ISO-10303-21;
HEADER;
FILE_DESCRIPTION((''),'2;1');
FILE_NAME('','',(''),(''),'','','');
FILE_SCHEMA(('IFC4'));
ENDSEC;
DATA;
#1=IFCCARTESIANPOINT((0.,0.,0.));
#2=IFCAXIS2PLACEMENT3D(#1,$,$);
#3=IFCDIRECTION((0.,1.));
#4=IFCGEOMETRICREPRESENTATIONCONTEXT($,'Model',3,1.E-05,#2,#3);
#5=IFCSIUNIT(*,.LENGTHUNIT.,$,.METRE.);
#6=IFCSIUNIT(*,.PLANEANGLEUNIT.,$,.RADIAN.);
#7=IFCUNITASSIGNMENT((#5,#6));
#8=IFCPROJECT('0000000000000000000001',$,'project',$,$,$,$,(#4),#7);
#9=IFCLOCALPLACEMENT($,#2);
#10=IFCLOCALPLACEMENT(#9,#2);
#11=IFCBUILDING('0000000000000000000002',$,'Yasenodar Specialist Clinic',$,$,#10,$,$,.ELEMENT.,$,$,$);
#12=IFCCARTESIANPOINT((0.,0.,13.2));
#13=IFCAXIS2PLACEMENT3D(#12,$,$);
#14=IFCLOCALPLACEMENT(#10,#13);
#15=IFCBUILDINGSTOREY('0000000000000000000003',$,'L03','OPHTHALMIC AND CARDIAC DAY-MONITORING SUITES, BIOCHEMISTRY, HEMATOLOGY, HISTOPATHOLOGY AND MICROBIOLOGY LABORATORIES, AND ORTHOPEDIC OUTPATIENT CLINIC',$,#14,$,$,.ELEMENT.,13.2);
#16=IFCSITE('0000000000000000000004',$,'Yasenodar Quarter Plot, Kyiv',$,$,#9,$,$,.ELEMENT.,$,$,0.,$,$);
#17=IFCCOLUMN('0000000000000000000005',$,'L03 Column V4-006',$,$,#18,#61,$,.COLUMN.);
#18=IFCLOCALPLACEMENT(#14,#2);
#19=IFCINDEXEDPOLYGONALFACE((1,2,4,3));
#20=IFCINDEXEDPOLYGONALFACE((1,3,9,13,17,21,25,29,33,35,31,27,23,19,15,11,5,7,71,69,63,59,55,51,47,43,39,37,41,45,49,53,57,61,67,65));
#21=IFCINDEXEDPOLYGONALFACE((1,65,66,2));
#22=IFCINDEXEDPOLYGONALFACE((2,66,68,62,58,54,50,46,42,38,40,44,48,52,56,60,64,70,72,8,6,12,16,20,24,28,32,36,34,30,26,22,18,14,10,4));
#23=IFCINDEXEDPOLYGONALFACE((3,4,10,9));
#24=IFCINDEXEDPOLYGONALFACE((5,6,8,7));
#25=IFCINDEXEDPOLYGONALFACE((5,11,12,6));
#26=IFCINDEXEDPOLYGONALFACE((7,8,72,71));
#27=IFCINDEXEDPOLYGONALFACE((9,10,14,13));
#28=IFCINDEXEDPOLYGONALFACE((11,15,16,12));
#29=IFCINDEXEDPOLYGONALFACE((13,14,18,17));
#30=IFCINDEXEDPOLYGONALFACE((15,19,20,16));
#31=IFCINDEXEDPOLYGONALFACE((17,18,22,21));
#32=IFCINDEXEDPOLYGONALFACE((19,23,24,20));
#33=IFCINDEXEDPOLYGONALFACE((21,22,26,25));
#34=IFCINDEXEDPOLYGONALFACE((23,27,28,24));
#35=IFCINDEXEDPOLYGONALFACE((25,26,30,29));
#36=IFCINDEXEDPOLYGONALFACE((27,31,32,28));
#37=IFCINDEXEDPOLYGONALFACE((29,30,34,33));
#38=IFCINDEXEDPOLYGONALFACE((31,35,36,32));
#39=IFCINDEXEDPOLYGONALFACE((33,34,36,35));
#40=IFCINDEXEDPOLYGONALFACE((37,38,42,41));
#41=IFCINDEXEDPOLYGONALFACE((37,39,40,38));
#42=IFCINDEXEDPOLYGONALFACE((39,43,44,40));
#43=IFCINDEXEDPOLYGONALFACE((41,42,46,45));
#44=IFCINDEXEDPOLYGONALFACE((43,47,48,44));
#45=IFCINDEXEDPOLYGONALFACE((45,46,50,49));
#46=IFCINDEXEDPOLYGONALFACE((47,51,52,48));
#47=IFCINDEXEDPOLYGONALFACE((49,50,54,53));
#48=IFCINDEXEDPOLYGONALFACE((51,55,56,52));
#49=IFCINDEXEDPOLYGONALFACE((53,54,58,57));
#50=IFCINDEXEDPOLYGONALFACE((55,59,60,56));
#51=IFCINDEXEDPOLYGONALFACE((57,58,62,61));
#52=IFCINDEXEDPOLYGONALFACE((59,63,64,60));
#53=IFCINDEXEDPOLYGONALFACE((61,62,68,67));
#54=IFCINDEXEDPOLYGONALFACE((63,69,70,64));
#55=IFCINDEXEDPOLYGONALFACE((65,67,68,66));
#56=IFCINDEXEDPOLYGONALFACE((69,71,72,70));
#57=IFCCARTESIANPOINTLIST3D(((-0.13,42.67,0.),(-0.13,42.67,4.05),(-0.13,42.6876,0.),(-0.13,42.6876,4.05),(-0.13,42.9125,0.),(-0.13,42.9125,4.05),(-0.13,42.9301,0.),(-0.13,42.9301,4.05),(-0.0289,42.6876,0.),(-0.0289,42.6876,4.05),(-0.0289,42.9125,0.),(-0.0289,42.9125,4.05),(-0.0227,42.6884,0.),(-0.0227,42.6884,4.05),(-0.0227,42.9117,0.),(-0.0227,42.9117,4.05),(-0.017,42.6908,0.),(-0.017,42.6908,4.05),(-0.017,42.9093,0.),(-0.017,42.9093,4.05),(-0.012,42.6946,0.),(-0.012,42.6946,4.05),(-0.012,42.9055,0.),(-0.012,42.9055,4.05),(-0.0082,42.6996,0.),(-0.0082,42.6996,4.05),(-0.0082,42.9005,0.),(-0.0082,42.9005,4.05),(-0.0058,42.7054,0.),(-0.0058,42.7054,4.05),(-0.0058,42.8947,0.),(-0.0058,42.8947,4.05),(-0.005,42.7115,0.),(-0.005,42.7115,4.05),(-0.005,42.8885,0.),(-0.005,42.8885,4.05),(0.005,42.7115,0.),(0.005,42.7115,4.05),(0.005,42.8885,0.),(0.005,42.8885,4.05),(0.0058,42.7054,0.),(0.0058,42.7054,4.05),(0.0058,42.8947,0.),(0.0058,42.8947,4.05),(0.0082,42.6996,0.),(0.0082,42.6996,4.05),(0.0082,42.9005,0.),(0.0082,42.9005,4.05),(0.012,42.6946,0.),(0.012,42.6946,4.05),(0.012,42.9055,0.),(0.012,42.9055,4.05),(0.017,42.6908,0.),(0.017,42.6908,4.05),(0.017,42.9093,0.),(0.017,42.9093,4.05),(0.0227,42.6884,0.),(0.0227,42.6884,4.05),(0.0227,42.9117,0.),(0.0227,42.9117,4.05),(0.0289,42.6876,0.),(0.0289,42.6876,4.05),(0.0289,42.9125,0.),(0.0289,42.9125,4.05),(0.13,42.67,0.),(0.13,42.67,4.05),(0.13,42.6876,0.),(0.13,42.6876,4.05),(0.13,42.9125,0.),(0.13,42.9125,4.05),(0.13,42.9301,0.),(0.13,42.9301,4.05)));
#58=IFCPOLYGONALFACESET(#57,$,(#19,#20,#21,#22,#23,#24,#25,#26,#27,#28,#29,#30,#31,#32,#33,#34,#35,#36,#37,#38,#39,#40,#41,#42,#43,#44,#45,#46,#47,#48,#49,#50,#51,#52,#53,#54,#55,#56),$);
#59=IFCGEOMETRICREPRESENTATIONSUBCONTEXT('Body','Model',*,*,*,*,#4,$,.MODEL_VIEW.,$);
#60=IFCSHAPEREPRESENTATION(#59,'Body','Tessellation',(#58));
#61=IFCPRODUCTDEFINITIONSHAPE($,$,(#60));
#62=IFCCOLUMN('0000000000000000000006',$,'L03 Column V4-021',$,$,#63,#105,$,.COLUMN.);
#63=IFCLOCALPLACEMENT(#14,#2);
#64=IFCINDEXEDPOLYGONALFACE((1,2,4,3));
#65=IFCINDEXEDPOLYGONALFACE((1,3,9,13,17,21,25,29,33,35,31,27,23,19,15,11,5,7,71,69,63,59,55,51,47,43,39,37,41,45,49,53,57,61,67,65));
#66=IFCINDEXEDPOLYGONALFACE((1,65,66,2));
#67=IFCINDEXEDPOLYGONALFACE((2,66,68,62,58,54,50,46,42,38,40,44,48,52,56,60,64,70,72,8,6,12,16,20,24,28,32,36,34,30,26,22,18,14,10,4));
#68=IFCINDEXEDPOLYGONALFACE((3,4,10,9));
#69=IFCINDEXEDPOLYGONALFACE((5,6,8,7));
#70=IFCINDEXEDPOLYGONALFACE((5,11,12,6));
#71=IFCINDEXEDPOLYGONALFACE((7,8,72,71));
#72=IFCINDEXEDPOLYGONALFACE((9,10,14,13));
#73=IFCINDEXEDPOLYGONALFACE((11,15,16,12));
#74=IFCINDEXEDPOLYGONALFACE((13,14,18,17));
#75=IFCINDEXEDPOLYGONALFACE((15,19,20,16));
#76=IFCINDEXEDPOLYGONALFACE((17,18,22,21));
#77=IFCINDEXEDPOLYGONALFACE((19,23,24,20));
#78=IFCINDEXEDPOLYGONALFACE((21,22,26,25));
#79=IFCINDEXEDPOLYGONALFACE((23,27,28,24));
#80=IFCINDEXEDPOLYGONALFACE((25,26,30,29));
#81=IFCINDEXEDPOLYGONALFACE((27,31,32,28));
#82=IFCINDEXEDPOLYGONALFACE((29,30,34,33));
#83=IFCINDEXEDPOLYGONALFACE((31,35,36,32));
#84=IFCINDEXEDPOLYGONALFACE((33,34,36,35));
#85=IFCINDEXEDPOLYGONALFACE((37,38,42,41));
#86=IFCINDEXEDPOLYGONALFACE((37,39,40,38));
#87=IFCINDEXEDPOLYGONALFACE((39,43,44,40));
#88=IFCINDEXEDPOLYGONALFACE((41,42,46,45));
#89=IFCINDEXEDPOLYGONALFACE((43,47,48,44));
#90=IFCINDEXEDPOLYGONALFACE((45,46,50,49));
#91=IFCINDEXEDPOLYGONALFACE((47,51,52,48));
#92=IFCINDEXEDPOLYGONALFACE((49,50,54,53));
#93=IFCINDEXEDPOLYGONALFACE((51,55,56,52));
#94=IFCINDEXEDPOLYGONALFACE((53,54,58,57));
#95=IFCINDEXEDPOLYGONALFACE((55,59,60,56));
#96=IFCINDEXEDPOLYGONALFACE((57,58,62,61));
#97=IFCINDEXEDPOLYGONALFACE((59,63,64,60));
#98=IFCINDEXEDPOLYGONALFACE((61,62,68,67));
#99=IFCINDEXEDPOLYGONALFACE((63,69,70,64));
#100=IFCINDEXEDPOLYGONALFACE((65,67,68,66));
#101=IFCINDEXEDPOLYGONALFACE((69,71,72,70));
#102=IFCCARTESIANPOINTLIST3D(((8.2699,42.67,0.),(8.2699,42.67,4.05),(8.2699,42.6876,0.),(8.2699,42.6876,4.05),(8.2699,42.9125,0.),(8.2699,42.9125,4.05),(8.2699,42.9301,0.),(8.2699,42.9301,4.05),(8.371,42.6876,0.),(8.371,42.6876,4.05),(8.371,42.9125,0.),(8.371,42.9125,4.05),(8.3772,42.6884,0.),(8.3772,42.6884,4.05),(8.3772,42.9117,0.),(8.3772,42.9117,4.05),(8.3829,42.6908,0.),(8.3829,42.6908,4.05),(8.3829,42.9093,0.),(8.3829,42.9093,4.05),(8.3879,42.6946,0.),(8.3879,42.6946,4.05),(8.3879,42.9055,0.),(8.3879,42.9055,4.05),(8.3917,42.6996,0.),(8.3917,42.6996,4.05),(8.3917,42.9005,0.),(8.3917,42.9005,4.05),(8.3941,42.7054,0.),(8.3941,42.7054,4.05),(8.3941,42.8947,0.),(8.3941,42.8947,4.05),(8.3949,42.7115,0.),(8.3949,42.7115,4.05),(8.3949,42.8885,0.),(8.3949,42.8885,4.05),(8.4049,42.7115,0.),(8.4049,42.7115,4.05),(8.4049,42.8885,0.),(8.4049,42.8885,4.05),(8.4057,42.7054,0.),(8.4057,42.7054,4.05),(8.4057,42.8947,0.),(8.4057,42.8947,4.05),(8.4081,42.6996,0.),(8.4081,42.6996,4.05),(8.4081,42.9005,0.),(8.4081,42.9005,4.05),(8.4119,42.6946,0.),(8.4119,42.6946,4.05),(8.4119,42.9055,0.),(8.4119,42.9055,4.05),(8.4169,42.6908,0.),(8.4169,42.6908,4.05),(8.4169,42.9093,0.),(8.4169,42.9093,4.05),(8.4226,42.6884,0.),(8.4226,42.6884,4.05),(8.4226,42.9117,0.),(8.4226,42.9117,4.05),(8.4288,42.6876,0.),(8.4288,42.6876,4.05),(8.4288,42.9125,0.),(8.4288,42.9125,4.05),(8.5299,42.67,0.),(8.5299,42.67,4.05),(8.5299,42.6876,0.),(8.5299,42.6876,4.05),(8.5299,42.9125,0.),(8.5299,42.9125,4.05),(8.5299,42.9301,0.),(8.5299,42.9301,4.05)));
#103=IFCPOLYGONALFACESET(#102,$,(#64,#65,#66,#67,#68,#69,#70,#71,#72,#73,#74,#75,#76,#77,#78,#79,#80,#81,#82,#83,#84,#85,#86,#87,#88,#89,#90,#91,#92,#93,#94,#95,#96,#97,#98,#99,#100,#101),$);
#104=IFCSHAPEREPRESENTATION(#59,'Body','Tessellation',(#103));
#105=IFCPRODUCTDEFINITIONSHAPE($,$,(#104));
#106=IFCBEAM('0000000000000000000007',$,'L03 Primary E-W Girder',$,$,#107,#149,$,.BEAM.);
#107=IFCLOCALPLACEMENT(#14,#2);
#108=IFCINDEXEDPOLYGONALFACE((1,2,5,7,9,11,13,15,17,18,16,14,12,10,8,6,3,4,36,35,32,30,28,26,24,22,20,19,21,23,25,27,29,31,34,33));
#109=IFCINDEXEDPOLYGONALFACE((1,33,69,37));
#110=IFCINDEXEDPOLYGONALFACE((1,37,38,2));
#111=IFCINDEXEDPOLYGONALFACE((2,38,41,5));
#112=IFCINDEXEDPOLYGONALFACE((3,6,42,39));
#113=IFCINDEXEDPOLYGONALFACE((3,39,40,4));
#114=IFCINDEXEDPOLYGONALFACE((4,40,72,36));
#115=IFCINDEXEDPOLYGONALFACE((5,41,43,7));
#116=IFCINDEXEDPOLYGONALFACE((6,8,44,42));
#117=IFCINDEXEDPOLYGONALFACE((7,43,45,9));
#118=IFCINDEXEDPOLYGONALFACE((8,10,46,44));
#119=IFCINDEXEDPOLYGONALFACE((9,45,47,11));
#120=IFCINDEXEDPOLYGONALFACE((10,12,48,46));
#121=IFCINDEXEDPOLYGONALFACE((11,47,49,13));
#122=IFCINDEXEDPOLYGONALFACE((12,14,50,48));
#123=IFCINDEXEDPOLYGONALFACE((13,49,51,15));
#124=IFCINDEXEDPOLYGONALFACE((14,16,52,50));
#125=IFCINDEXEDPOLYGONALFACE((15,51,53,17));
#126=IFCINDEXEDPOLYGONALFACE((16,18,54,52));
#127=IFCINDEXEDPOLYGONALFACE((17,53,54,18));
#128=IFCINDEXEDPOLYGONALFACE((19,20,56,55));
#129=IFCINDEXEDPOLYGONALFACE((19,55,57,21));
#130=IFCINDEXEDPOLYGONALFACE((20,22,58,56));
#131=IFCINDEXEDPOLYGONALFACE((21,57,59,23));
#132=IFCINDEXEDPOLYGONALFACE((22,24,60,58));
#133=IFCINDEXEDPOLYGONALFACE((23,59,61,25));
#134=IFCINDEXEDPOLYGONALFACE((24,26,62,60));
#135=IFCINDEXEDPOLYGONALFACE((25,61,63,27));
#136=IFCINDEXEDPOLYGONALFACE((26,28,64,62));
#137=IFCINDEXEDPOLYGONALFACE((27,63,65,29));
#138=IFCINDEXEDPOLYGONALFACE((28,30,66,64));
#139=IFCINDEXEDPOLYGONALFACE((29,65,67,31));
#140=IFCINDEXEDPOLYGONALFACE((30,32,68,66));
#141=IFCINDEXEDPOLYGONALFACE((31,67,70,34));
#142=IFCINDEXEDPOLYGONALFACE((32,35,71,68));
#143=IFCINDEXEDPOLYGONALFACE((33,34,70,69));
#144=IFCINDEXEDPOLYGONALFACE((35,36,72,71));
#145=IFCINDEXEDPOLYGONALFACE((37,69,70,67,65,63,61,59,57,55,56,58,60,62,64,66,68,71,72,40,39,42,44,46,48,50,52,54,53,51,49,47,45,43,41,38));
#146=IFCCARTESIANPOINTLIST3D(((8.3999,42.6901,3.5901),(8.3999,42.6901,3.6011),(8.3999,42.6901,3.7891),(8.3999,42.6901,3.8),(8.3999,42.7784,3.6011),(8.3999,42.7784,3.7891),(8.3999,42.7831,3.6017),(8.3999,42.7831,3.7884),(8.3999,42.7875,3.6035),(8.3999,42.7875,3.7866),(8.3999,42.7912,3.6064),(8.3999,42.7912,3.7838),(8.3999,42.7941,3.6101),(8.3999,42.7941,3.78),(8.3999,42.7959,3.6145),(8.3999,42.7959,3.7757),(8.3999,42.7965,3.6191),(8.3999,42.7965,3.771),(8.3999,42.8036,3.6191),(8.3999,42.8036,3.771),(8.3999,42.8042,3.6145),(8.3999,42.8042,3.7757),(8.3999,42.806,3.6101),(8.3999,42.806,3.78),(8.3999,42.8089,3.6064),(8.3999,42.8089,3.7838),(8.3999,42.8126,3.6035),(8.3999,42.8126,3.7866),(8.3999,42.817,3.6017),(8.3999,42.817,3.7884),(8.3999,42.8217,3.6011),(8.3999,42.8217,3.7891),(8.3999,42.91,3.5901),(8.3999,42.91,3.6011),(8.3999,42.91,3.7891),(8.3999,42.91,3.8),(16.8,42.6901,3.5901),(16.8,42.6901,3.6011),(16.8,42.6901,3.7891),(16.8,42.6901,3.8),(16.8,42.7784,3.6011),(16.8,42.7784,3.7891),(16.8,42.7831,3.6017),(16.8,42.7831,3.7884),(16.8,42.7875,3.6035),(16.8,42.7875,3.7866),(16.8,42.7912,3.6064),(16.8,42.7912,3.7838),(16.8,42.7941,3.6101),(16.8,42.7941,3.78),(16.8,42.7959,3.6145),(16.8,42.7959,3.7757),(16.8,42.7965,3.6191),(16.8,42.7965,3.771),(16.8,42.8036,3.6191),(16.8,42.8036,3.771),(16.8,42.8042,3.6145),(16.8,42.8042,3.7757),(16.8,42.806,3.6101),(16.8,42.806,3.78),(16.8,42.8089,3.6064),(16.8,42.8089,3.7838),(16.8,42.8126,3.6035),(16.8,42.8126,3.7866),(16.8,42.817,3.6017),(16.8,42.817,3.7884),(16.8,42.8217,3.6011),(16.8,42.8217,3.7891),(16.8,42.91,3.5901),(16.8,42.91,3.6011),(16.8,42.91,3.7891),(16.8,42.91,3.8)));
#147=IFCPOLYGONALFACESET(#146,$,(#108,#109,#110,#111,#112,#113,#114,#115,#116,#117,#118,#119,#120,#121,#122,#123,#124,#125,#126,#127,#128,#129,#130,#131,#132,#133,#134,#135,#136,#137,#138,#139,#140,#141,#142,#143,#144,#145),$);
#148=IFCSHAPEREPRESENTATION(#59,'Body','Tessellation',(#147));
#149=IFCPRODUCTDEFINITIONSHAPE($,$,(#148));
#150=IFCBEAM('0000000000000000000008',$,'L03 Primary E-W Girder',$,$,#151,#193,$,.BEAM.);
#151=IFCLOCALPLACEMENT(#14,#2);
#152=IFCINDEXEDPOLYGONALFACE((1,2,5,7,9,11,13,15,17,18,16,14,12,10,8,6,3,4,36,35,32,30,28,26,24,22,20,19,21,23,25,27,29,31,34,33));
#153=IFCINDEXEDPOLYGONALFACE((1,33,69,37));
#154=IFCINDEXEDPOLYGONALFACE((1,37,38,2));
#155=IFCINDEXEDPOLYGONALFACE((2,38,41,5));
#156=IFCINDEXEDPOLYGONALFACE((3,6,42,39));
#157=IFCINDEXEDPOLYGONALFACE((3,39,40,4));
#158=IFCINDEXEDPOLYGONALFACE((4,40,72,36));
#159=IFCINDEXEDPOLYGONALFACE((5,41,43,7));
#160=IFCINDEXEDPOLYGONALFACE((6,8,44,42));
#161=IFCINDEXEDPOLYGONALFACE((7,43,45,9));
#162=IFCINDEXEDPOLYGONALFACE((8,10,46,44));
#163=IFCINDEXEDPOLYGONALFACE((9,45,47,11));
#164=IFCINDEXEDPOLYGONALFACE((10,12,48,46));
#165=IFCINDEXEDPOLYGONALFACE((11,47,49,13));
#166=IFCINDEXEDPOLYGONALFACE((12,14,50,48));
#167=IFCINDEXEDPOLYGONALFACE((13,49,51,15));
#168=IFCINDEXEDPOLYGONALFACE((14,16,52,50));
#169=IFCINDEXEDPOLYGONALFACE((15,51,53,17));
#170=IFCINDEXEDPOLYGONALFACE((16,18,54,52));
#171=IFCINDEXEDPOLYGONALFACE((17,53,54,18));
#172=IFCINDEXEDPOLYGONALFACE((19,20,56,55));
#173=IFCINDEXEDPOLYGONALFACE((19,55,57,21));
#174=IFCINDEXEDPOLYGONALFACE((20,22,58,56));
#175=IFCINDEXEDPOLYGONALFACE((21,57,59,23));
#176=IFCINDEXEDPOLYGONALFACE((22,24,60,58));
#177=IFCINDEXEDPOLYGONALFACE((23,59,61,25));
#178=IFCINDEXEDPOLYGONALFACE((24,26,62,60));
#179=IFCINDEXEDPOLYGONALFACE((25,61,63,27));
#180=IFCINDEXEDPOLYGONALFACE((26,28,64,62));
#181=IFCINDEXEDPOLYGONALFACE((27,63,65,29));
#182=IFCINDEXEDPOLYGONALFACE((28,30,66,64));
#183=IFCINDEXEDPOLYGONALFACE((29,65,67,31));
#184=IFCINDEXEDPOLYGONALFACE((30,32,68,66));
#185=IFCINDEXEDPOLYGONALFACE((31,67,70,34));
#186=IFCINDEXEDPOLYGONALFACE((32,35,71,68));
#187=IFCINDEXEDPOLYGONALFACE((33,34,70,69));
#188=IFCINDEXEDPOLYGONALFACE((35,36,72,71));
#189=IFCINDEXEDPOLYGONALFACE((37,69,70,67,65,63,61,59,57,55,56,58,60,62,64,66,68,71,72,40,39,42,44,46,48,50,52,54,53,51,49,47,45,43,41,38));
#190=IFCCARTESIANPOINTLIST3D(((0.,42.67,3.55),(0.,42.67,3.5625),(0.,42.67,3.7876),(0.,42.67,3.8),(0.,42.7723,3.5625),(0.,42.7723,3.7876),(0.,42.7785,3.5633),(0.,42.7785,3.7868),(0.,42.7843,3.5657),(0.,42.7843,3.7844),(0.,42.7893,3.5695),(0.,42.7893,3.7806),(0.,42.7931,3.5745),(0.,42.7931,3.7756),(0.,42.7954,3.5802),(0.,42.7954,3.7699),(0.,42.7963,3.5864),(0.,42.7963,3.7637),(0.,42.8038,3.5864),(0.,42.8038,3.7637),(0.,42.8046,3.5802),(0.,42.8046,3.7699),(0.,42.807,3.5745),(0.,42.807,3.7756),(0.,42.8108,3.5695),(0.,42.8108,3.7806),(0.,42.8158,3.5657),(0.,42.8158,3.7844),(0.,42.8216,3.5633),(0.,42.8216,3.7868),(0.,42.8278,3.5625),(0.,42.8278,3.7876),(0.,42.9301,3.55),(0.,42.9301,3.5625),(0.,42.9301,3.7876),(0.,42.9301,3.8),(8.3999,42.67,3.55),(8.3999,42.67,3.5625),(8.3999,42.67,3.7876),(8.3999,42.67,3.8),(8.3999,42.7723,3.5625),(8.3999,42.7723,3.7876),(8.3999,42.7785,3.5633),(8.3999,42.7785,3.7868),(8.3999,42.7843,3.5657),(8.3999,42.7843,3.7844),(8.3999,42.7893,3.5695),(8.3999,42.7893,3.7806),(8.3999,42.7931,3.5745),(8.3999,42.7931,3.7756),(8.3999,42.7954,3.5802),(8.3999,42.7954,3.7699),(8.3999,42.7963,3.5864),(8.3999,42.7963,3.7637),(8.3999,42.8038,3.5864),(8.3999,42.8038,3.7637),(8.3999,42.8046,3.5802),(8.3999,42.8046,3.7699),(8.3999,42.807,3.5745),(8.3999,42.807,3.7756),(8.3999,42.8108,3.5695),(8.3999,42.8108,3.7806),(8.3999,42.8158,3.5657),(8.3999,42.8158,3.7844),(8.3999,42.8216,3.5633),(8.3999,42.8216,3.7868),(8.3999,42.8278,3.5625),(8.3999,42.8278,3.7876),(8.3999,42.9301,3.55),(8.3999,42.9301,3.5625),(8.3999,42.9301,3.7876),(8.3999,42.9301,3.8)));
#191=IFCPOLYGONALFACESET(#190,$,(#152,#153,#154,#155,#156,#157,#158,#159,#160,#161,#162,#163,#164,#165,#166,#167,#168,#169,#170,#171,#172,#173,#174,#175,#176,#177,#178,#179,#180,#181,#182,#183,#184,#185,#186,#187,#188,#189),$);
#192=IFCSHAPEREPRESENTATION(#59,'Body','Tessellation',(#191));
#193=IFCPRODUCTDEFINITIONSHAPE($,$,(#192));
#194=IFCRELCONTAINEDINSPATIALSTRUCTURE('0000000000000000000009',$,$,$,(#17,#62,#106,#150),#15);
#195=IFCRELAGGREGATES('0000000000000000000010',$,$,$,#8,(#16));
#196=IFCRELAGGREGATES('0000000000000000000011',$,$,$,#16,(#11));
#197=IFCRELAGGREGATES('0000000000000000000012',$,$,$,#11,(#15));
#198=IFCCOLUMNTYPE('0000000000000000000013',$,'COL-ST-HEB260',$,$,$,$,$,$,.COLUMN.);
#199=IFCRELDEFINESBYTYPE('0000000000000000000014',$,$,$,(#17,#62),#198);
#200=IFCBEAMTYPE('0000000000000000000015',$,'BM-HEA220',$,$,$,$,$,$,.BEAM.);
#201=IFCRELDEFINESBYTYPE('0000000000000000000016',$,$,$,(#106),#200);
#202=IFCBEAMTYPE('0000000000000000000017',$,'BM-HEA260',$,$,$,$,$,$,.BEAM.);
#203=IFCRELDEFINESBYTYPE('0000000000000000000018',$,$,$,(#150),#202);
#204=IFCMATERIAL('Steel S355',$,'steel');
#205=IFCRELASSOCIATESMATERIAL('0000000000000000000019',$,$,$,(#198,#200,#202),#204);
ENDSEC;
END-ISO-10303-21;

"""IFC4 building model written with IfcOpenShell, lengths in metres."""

from ifc_helpers import new_model, si_unit, direction, frame, origin, origin_2d, place, context, subcontext, project, spatial, i_section, extrude, material, material_profile, profile_set, type_object, element, save


model = new_model("IFC4")

# Units and contexts
model_context = context("Model", 3, precision=1e-05, world=origin(), true_north=direction((0.0, 1.0)))
body_context = subcontext(model_context, "Body", "Model", "MODEL_VIEW")
ifc_project = project(units=[si_unit("LENGTHUNIT", "METRE"), si_unit("PLANEANGLEUNIT", "RADIAN")], contexts=[model_context])

# Site, building, storey
site_placement = place(None, origin())
site = spatial("IfcSite", under=ifc_project, at=site_placement, Name="Yasenodar Quarter Plot, Kyiv", CompositionType="ELEMENT", RefElevation=0.0)
building_placement = place(site_placement, origin())
building = spatial("IfcBuilding", under=site, at=building_placement, Name="Yasenodar Specialist Clinic", CompositionType="ELEMENT")
storey_placement = place(building_placement, frame((0.0, 0.0, 13.2)))
storey = spatial("IfcBuildingStorey", under=building, at=storey_placement, Name="L03", Description="OPHTHALMIC AND CARDIAC DAY-MONITORING SUITES, BIOCHEMISTRY, HEMATOLOGY, HISTOPATHOLOGY AND MICROBIOLOGY LABORATORIES, AND ORTHOPEDIC OUTPATIENT CLINIC", CompositionType="ELEMENT", Elevation=13.2)

# Columns
ifc_material_1 = material(Name="Steel S355", Category="steel")
ifc_material_profile_1 = material_profile(ifc_material_1, i_section(OverallWidth=0.26, OverallDepth=0.26, WebThickness=0.01, FlangeThickness=0.0176, FilletRadius=0.0239, at=origin_2d()), Name="HEB 260")
ifc_profile_set_1 = profile_set([ifc_material_profile_1], Name="Steel S355")
column_type = type_object("IfcColumnType", Name="COL-ST-HEB260", PredefinedType="COLUMN", material=ifc_profile_set_1)
for number, where, z_axis, x_axis, name in (
    (1, (0.0, 42.8, 0.0), (0.0, 0.0, 1.0), (1.0, 0.0, 0.0), "L03 Column V4-006"),
    (2, (8.3999, 42.8, 0.0), (0.0, 0.0, 1.0), (1.0, 0.0, 0.0), "L03 Column V4-021"),
):
    element("IfcColumn", number, at=place(storey_placement, frame(where, z_axis=z_axis, x_axis=x_axis)), inside=storey, type_object=column_type, Name=name, PredefinedType="COLUMN", context=body_context, shape_type="SweptSolid", body=[
        extrude(i_section(OverallWidth=0.26, OverallDepth=0.26, WebThickness=0.01, FlangeThickness=0.0176, FilletRadius=0.0239, at=origin_2d()), origin(), (0.0, 0.0, 1.0), 4.05),
    ])

# Beams
ifc_material_profile_2 = material_profile(ifc_material_1, i_section(OverallWidth=0.22, OverallDepth=0.21, WebThickness=0.0071, FlangeThickness=0.011, FilletRadius=0.0181, at=origin_2d()), Name="HEA 220")
ifc_profile_set_2 = profile_set([ifc_material_profile_2], Name="Steel S355")
beam_type_1 = type_object("IfcBeamType", Name="BM-HEA220", PredefinedType="BEAM", material=ifc_profile_set_2)
beam_1_placement = place(storey_placement, frame((8.3999, 42.8, 3.6951), z_axis=(1.0, 0.0, 0.0), x_axis=(0.0, 1.0, 0.0)))
element("IfcBeam", 3, at=beam_1_placement, inside=storey, type_object=beam_type_1, Name="L03 Primary E-W Girder", PredefinedType="BEAM", context=body_context, shape_type="SweptSolid", body=[
    extrude(i_section(OverallWidth=0.22, OverallDepth=0.21, WebThickness=0.0071, FlangeThickness=0.011, FilletRadius=0.0181, at=origin_2d()), origin(), (0.0, 0.0, 1.0), 8.4001),
])
ifc_material_profile_3 = material_profile(ifc_material_1, i_section(OverallWidth=0.26, OverallDepth=0.25, WebThickness=0.0076, FlangeThickness=0.0125, FilletRadius=0.0239, at=origin_2d()), Name="HEA 260")
ifc_profile_set_3 = profile_set([ifc_material_profile_3], Name="Steel S355")
beam_type_2 = type_object("IfcBeamType", Name="BM-HEA260", PredefinedType="BEAM", material=ifc_profile_set_3)
beam_2_placement = place(storey_placement, frame((0.0, 42.8, 3.675), z_axis=(1.0, 0.0, 0.0), x_axis=(0.0, 1.0, 0.0)))
element("IfcBeam", 4, at=beam_2_placement, inside=storey, type_object=beam_type_2, Name="L03 Primary E-W Girder", PredefinedType="BEAM", context=body_context, shape_type="SweptSolid", body=[
    extrude(i_section(OverallWidth=0.26, OverallDepth=0.25, WebThickness=0.0076, FlangeThickness=0.0125, FilletRadius=0.0239, at=origin_2d()), origin(), (0.0, 0.0, 1.0), 8.3999),
])

save(model, "model.ifc")
